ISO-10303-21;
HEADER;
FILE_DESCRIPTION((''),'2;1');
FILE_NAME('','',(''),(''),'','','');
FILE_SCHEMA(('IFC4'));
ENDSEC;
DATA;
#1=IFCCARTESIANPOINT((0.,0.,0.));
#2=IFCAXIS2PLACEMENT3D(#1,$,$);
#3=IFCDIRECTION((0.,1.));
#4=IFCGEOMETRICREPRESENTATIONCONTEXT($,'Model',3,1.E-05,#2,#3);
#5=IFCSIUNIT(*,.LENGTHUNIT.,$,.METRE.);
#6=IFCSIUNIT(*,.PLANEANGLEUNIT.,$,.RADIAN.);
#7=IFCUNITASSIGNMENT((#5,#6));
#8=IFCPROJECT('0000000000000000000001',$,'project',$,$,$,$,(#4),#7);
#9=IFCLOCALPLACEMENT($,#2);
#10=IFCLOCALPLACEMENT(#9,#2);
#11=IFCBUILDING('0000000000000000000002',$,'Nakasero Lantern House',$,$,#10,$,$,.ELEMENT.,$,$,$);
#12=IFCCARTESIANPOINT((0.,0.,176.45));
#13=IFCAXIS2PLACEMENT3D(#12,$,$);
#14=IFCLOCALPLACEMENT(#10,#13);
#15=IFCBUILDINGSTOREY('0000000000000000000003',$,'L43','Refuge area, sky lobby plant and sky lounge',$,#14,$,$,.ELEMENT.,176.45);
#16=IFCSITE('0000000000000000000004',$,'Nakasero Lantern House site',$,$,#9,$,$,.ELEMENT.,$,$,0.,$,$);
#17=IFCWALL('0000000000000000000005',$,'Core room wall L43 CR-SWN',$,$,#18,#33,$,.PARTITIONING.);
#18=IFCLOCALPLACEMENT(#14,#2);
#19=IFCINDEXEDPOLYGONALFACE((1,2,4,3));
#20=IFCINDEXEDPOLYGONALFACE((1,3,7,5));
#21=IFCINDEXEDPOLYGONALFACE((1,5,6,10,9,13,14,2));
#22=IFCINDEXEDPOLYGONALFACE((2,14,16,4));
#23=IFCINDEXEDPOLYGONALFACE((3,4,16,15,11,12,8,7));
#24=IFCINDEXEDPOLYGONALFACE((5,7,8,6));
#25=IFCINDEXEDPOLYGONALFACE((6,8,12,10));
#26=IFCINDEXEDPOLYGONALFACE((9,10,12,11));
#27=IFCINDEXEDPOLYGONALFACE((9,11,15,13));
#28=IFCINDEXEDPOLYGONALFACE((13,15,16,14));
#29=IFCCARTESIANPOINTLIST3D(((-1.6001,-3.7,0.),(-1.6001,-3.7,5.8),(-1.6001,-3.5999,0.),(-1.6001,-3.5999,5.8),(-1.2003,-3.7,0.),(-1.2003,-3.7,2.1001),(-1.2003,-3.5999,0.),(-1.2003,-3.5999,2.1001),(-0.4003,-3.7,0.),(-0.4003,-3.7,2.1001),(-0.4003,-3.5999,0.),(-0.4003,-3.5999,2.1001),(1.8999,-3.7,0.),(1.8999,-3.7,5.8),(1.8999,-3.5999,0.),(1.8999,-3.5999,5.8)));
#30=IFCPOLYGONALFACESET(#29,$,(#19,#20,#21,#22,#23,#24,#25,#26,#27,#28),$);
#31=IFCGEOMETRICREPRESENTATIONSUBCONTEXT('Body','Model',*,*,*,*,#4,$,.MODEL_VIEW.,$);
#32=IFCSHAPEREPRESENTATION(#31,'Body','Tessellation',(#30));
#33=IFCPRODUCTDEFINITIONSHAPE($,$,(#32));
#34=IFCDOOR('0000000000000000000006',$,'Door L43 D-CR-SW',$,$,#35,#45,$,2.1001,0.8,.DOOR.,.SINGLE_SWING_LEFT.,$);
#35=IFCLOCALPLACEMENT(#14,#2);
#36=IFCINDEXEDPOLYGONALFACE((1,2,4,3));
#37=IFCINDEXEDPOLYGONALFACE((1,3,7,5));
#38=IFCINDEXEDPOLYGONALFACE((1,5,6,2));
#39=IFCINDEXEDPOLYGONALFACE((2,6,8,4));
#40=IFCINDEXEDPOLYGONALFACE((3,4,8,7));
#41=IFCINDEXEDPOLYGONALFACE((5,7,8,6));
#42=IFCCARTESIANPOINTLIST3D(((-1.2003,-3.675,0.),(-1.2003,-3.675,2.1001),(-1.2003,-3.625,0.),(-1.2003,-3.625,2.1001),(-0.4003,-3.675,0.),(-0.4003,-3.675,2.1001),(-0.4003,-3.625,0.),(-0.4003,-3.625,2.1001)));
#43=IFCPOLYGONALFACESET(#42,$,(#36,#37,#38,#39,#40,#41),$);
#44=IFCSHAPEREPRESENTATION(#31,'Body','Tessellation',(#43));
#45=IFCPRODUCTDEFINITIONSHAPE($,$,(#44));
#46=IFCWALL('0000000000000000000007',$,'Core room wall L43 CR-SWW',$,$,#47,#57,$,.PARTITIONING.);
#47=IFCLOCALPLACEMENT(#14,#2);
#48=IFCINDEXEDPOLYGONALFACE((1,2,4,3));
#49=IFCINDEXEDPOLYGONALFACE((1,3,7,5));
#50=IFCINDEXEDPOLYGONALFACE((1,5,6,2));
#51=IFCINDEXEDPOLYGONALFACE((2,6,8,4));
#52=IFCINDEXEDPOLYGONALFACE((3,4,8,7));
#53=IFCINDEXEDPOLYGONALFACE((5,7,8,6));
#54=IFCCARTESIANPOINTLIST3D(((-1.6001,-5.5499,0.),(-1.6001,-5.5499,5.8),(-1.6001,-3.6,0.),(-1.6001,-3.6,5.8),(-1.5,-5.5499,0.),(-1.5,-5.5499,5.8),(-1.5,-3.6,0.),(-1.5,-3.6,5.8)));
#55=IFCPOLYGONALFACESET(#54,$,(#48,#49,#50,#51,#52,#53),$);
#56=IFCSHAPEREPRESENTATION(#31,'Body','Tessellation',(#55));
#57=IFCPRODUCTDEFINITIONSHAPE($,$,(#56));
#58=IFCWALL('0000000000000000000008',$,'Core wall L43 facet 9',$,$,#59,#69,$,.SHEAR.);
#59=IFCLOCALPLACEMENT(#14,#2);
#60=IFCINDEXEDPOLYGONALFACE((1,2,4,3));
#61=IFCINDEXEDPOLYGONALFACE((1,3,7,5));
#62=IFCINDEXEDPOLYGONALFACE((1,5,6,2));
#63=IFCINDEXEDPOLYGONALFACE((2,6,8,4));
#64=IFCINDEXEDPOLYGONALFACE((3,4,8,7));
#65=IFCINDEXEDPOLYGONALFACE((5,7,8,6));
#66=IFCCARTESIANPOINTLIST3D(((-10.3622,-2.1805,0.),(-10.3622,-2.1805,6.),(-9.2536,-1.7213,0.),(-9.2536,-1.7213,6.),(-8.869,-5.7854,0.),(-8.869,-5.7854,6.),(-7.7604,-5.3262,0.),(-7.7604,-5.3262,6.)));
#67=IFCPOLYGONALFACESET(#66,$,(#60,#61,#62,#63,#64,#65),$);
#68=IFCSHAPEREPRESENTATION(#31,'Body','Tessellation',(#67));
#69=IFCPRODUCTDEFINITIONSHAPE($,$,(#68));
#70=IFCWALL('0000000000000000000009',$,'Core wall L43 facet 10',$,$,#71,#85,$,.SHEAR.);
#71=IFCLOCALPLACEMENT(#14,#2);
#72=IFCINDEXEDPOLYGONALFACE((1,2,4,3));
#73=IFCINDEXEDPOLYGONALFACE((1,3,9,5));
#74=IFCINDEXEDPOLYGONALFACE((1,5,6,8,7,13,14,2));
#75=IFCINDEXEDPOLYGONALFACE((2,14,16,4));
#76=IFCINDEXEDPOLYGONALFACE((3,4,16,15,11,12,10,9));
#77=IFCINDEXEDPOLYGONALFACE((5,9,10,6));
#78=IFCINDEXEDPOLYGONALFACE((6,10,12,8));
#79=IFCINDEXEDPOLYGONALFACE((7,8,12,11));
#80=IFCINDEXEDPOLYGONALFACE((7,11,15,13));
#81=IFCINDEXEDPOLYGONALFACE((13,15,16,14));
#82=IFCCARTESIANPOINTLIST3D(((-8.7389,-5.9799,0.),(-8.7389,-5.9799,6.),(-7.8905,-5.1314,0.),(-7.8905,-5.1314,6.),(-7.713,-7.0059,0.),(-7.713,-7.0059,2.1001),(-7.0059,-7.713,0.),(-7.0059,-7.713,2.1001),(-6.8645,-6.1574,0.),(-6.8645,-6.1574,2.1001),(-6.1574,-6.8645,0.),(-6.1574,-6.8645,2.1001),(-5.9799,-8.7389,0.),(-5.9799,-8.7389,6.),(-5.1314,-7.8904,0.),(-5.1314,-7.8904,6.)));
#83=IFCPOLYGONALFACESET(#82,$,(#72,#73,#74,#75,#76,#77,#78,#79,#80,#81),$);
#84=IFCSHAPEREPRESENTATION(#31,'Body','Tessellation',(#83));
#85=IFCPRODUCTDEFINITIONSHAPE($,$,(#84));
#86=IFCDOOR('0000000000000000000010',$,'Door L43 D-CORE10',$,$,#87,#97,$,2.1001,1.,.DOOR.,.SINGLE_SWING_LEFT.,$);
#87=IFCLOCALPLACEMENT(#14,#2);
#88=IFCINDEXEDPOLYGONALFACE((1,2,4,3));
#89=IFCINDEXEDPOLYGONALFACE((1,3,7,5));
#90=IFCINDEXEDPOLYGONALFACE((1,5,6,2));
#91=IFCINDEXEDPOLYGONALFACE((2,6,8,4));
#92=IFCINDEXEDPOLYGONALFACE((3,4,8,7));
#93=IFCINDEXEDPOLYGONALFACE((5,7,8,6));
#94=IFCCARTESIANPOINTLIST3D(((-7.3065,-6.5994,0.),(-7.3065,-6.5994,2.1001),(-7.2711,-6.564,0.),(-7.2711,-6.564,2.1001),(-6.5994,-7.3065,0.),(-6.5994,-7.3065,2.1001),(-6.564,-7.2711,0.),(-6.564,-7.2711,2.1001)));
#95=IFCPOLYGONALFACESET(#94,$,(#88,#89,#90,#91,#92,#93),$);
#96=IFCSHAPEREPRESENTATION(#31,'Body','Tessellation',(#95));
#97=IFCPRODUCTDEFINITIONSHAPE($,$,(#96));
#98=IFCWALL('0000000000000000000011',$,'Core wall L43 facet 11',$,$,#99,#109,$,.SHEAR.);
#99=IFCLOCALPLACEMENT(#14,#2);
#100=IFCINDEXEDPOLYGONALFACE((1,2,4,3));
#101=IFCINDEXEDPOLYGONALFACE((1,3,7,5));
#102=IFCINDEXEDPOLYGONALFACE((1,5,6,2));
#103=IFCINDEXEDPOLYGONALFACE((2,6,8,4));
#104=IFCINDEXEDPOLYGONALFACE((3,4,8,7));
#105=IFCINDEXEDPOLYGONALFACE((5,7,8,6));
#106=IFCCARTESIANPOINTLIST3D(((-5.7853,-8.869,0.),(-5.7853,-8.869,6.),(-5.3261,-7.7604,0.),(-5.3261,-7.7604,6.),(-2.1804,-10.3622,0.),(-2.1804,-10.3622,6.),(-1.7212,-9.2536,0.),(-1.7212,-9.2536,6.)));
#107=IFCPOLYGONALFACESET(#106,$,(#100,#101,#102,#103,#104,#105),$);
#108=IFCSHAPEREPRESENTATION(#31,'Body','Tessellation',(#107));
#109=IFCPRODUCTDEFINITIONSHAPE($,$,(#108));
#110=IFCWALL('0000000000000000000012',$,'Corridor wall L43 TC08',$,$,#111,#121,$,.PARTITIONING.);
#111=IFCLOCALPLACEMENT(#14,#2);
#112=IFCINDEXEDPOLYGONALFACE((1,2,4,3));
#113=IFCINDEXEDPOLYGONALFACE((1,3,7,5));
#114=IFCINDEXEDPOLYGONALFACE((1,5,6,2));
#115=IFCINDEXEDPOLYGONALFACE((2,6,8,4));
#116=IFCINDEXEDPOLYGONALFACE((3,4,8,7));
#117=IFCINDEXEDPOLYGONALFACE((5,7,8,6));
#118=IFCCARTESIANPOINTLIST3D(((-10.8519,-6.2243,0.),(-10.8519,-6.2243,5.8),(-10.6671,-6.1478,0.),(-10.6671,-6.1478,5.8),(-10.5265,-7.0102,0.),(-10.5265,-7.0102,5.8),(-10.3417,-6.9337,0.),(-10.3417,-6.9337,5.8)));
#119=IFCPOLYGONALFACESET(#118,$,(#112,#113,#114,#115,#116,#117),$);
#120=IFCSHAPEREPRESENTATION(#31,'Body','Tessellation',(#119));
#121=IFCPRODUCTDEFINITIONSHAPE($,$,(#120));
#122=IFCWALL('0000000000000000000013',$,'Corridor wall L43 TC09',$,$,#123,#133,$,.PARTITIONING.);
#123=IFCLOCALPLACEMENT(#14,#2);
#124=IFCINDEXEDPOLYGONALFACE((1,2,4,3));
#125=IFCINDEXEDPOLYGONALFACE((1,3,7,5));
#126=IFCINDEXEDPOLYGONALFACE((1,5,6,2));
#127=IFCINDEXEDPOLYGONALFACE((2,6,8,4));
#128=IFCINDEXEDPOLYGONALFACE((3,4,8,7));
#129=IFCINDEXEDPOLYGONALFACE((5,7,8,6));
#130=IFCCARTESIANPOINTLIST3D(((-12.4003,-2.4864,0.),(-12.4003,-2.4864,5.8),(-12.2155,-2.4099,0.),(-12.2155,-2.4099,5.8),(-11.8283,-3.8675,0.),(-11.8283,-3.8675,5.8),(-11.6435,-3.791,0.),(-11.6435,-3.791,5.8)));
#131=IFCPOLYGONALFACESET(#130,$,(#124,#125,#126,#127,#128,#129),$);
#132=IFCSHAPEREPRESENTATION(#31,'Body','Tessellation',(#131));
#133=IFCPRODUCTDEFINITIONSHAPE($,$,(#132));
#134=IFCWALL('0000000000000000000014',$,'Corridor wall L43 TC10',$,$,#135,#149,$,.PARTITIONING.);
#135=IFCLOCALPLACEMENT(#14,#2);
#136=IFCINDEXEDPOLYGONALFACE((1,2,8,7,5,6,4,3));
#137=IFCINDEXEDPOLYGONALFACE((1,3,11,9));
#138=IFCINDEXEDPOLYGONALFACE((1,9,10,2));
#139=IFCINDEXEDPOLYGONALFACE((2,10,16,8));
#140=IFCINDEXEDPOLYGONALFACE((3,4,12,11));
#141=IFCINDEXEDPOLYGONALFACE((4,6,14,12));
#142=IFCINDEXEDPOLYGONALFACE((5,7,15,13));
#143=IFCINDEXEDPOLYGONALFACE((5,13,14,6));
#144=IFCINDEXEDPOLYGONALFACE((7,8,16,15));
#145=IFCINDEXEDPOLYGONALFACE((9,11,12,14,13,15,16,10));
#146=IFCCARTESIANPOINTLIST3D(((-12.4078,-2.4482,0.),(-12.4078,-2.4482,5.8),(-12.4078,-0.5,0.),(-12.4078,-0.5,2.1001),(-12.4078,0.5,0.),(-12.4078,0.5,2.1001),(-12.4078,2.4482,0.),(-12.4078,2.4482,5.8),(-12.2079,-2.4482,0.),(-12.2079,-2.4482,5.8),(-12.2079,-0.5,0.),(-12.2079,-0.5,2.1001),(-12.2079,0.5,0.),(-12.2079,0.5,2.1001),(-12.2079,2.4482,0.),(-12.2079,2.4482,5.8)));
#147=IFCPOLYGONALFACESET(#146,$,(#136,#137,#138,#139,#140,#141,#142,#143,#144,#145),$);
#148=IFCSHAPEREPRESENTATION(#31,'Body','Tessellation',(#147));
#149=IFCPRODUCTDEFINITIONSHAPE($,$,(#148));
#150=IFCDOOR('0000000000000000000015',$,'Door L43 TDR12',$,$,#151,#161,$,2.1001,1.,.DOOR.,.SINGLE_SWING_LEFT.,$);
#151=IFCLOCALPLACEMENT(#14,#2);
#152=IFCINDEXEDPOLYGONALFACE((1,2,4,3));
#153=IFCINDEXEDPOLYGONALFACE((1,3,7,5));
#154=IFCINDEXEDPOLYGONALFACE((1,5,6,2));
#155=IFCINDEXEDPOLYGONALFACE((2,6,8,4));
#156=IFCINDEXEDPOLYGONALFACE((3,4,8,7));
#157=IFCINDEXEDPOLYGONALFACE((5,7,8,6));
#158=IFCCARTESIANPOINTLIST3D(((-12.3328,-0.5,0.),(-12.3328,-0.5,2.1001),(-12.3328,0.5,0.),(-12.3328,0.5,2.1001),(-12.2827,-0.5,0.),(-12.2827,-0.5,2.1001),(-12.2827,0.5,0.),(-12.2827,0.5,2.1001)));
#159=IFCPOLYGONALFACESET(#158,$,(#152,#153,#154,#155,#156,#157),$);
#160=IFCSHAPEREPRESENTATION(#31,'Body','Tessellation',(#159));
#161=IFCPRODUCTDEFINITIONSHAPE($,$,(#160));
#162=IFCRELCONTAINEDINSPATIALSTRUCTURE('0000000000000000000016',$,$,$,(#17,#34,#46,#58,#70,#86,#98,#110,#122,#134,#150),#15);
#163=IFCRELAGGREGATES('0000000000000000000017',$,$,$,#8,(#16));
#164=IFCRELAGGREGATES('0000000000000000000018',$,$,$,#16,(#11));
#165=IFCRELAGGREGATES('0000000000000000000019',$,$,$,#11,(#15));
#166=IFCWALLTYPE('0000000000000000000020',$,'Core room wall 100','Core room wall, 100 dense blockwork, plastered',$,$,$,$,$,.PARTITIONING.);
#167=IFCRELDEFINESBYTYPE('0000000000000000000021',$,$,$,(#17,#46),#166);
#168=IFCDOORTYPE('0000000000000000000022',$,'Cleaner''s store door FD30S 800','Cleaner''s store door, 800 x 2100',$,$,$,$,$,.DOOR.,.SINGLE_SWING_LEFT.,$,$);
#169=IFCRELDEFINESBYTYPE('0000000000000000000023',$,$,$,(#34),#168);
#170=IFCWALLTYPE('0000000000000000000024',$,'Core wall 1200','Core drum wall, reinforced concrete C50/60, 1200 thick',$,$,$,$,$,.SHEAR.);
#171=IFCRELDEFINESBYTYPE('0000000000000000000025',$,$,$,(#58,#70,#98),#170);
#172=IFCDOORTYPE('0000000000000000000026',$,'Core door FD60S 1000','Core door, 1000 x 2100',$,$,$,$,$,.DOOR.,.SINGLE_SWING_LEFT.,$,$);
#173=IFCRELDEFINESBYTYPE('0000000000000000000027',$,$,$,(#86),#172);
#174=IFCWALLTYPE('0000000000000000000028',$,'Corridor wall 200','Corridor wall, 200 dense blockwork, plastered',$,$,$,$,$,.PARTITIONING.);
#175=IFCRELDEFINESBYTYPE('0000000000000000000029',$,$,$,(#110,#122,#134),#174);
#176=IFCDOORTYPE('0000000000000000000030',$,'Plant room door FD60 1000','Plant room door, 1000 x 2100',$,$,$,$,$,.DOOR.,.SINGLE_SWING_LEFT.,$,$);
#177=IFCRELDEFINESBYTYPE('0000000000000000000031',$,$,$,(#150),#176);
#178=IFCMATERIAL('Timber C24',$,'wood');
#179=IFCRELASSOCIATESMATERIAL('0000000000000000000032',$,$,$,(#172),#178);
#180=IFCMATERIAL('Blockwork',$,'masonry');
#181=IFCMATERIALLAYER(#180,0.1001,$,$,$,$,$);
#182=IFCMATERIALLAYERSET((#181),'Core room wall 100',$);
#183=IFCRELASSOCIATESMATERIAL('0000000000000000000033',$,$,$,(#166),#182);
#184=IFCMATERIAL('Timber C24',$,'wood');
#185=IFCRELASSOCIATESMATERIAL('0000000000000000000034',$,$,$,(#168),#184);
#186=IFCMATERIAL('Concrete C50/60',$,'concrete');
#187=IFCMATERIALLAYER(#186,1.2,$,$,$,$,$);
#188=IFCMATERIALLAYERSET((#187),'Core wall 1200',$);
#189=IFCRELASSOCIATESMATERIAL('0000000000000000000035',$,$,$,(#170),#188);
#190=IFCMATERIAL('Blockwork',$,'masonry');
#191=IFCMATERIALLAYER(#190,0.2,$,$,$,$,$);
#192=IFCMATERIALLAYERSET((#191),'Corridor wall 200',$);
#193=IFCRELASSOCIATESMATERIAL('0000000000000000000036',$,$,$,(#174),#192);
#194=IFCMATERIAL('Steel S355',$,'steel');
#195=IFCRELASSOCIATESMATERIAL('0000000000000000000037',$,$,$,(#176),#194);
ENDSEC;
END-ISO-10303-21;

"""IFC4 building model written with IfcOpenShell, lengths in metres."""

from ifc_helpers import new_model, si_unit, direction, frame, frame_2d, origin, place, context, subcontext, project, spatial, rectangle, extrude, material, layer, layer_set, type_object, element, fill, save


model = new_model("IFC4")

# Units and contexts
model_context = context("Model", 3, precision=1e-05, world=origin(), true_north=direction((0.0, 1.0)))
body_context = subcontext(model_context, "Body", "Model", "MODEL_VIEW")
ifc_project = project(units=[si_unit("LENGTHUNIT", "METRE"), si_unit("PLANEANGLEUNIT", "RADIAN")], contexts=[model_context])

# Site, building, storey
site_placement = place(None, origin())
site = spatial("IfcSite", under=ifc_project, at=site_placement, Name="Nakasero Lantern House site", CompositionType="ELEMENT", RefElevation=0.0)
building_placement = place(site_placement, origin())
building = spatial("IfcBuilding", under=site, at=building_placement, Name="Nakasero Lantern House", CompositionType="ELEMENT")
storey_placement = place(building_placement, frame((0.0, 0.0, 176.45)))
storey = spatial("IfcBuildingStorey", under=building, at=storey_placement, Name="L43", Description="Refuge area, sky lobby plant and sky lounge", CompositionType="ELEMENT", Elevation=176.45)

# Shared definitions
ifc_material_1 = material(Name="Timber C24", Category="wood")
door_type_1 = type_object("IfcDoorType", Name="Core door FD60S 1000", Description="Core door, 1000 x 2100", OperationType="SINGLE_SWING_LEFT", PredefinedType="DOOR", material=ifc_material_1)

# Wall, opening, door
ifc_material_2 = material(Name="Blockwork", Category="masonry")
ifc_layer_1 = layer(ifc_material_2, 0.1001)
ifc_layer_set_1 = layer_set([ifc_layer_1], Name="Core room wall 100")
wall_type_1 = type_object("IfcWallType", Name="Core room wall 100", Description="Core room wall, 100 dense blockwork, plastered", PredefinedType="PARTITIONING", material=ifc_layer_set_1)
wall_1_placement = place(storey_placement, frame((-1.6001, -3.6499, 0.0), z_axis=(0.0, 0.0, 1.0), x_axis=(1.0, 0.0, 0.0)))
wall_1 = element("IfcWall", 1, at=wall_1_placement, inside=storey, type_object=wall_type_1, Name="Core room wall L43 CR-SWN", PredefinedType="PARTITIONING", context=body_context, shape_type="SweptSolid", body=[
    extrude(rectangle(XDim=3.5, YDim=0.1001, at=frame_2d((1.75, 0.0))), origin(), (0.0, 0.0, 1.0), 5.8),
])
opening_1_placement = place(wall_1_placement, frame((0.3999, 0.0, 0.0)))
opening_1 = element("IfcOpeningElement", 2, at=opening_1_placement, cuts=wall_1, PredefinedType="OPENING", context=body_context, shape_type="SweptSolid", body=[
    extrude(rectangle(XDim=0.8, YDim=2.1001, at=frame_2d((0.3999, 1.05))), frame((0.0, 0.0701, 0.0), z_axis=(0.0, -1.0, 0.0), x_axis=(1.0, 0.0, 0.0)), (0.0, 0.0, 1.0), 0.1401),
])
ifc_material_3 = material(Name="Timber C24", Category="wood")
door_type_2 = type_object("IfcDoorType", Name="Cleaner's store door FD30S 800", Description="Cleaner's store door, 800 x 2100", OperationType="SINGLE_SWING_LEFT", PredefinedType="DOOR", material=ifc_material_3)
door_1_placement = place(opening_1_placement, origin())
door_1 = element("IfcDoor", 3, at=door_1_placement, inside=storey, type_object=door_type_2, Name="Door L43 D-CR-SW", OperationType="SINGLE_SWING_LEFT", OverallHeight=2.1001, OverallWidth=0.8, PredefinedType="DOOR", context=body_context, shape_type="SweptSolid", body=[
    extrude(rectangle(XDim=0.8, YDim=2.1001, at=frame_2d((0.3999, 1.05))), frame((0.0, 0.0249, 0.0), z_axis=(0.0, -1.0, 0.0), x_axis=(1.0, 0.0, 0.0)), (0.0, 0.0, 1.0), 0.05),
])
fill(opening_1, door_1)

# Walls
wall_2_placement = place(storey_placement, frame((-1.55, -5.55, 0.0), z_axis=(0.0, 0.0, 1.0), x_axis=(0.0, 1.0, 0.0)))
element("IfcWall", 4, at=wall_2_placement, inside=storey, type_object=wall_type_1, Name="Core room wall L43 CR-SWW", PredefinedType="PARTITIONING", context=body_context, shape_type="SweptSolid", body=[
    extrude(rectangle(XDim=1.95, YDim=0.1001, at=frame_2d((0.9751, 0.0))), origin(), (0.0, 0.0, 1.0), 5.8),
])
ifc_material_4 = material(Name="Concrete C50/60", Category="concrete")
ifc_layer_2 = layer(ifc_material_4, 1.2)
ifc_layer_set_2 = layer_set([ifc_layer_2], Name="Core wall 1200")
wall_type_2 = type_object("IfcWallType", Name="Core wall 1200", Description="Core drum wall, reinforced concrete C50/60, 1200 thick", PredefinedType="SHEAR", material=ifc_layer_set_2)
wall_3_placement = place(storey_placement, frame((-9.8079, -1.9509, 0.0), z_axis=(0.0, 0.0, 1.0), x_axis=(0.382691, -0.923877, 0.0)))
element("IfcWall", 5, at=wall_3_placement, inside=storey, type_object=wall_type_2, Name="Core wall L43 facet 9", PredefinedType="SHEAR", context=body_context, shape_type="SweptSolid", body=[
    extrude(rectangle(XDim=3.9019, YDim=1.2, at=frame_2d((1.9509, 0.0))), origin(), (0.0, 0.0, 1.0), 6.0),
])

# Wall, opening, door
wall_4_placement = place(storey_placement, frame((-8.3147, -5.5557, 0.0), z_axis=(0.0, 0.0, 1.0), x_axis=(0.707107, -0.707107, 0.0)))
wall_4 = element("IfcWall", 6, at=wall_4_placement, inside=storey, type_object=wall_type_2, Name="Core wall L43 facet 10", PredefinedType="SHEAR", context=body_context, shape_type="SweptSolid", body=[
    extrude(rectangle(XDim=3.9019, YDim=1.2, at=frame_2d((1.9509, 0.0))), origin(), (0.0, 0.0, 1.0), 6.0),
])
opening_2_placement = place(wall_4_placement, frame((1.4509, 0.0, 0.0)))
opening_2 = element("IfcOpeningElement", 7, at=opening_2_placement, cuts=wall_4, PredefinedType="OPENING", context=body_context, shape_type="SweptSolid", body=[
    extrude(rectangle(XDim=1.0, YDim=2.1001, at=frame_2d((0.5, 1.05))), frame((0.0, 0.6199, 0.0), z_axis=(0.0, -1.0, 0.0), x_axis=(1.0, 0.0, 0.0)), (0.0, 0.0, 1.0), 1.24),
])
door_2_placement = place(opening_2_placement, origin())
door_2 = element("IfcDoor", 8, at=door_2_placement, inside=storey, type_object=door_type_1, Name="Door L43 D-CORE10", OperationType="SINGLE_SWING_LEFT", OverallHeight=2.1001, OverallWidth=1.0, PredefinedType="DOOR", context=body_context, shape_type="SweptSolid", body=[
    extrude(rectangle(XDim=1.0, YDim=2.1001, at=frame_2d((0.5, 1.05))), frame((0.0, 0.0249, 0.0), z_axis=(0.0, -1.0, 0.0), x_axis=(1.0, 0.0, 0.0)), (0.0, 0.0, 1.0), 0.05),
])
fill(opening_2, door_2)

# Walls
wall_5_placement = place(storey_placement, frame((-5.5557, -8.3147, 0.0), z_axis=(0.0, 0.0, 1.0), x_axis=(0.923877, -0.382691, 0.0)))
element("IfcWall", 9, at=wall_5_placement, inside=storey, type_object=wall_type_2, Name="Core wall L43 facet 11", PredefinedType="SHEAR", context=body_context, shape_type="SweptSolid", body=[
    extrude(rectangle(XDim=3.9019, YDim=1.2, at=frame_2d((1.9509, 0.0))), origin(), (0.0, 0.0, 1.0), 6.0),
])
ifc_material_5 = material(Name="Blockwork", Category="masonry")
ifc_layer_3 = layer(ifc_material_5, 0.2)
ifc_layer_set_3 = layer_set([ifc_layer_3], Name="Corridor wall 200")
wall_type_3 = type_object("IfcWallType", Name="Corridor wall 200", Description="Corridor wall, 200 dense blockwork, plastered", PredefinedType="PARTITIONING", material=ifc_layer_set_3)
wall_6_placement = place(storey_placement, frame((-10.4341, -6.9719, 0.0), z_axis=(0.0, 0.0, 1.0), x_axis=(-0.382597, 0.923915, 0.0)))
element("IfcWall", 10, at=wall_6_placement, inside=storey, type_object=wall_type_3, Name="Corridor wall L43 TC08", PredefinedType="PARTITIONING", context=body_context, shape_type="SweptSolid", body=[
    extrude(rectangle(XDim=0.8506, YDim=0.2, at=frame_2d((0.4253, 0.0))), origin(), (0.0, 0.0, 1.0), 5.8),
])
wall_7_placement = place(storey_placement, frame((-11.7358, -3.8293, 0.0), z_axis=(0.0, 0.0, 1.0), x_axis=(-0.382655, 0.923891, 0.0)))
element("IfcWall", 11, at=wall_7_placement, inside=storey, type_object=wall_type_3, Name="Corridor wall L43 TC09", PredefinedType="PARTITIONING", context=body_context, shape_type="SweptSolid", body=[
    extrude(rectangle(XDim=1.4949, YDim=0.2, at=frame_2d((0.7476, 0.0))), origin(), (0.0, 0.0, 1.0), 5.8),
])

# Wall, opening, door
wall_8_placement = place(storey_placement, frame((-12.3079, -2.4482, 0.0), z_axis=(0.0, 0.0, 1.0), x_axis=(0.0, 1.0, 0.0)))
wall_8 = element("IfcWall", 12, at=wall_8_placement, inside=storey, type_object=wall_type_3, Name="Corridor wall L43 TC10", PredefinedType="PARTITIONING", context=body_context, shape_type="SweptSolid", body=[
    extrude(rectangle(XDim=4.8965, YDim=0.2, at=frame_2d((2.4482, 0.0))), origin(), (0.0, 0.0, 1.0), 5.8),
])
opening_3_placement = place(wall_8_placement, frame((1.9482, 0.0, 0.0)))
opening_3 = element("IfcOpeningElement", 13, at=opening_3_placement, cuts=wall_8, PredefinedType="OPENING", context=body_context, shape_type="SweptSolid", body=[
    extrude(rectangle(XDim=1.0, YDim=2.1001, at=frame_2d((0.5, 1.05))), frame((0.0, 0.1199, 0.0), z_axis=(0.0, -1.0, 0.0), x_axis=(1.0, 0.0, 0.0)), (0.0, 0.0, 1.0), 0.24),
])
ifc_material_6 = material(Name="Steel S355", Category="steel")
door_type_3 = type_object("IfcDoorType", Name="Plant room door FD60 1000", Description="Plant room door, 1000 x 2100", OperationType="SINGLE_SWING_LEFT", PredefinedType="DOOR", material=ifc_material_6)
door_3_placement = place(opening_3_placement, origin())
door_3 = element("IfcDoor", 14, at=door_3_placement, inside=storey, type_object=door_type_3, Name="Door L43 TDR12", OperationType="SINGLE_SWING_LEFT", OverallHeight=2.1001, OverallWidth=1.0, PredefinedType="DOOR", context=body_context, shape_type="SweptSolid", body=[
    extrude(rectangle(XDim=1.0, YDim=2.1001, at=frame_2d((0.5, 1.05))), frame((0.0, 0.0249, 0.0), z_axis=(0.0, -1.0, 0.0), x_axis=(1.0, 0.0, 0.0)), (0.0, 0.0, 1.0), 0.05),
])
fill(opening_3, door_3)

save(model, "model.ifc")
